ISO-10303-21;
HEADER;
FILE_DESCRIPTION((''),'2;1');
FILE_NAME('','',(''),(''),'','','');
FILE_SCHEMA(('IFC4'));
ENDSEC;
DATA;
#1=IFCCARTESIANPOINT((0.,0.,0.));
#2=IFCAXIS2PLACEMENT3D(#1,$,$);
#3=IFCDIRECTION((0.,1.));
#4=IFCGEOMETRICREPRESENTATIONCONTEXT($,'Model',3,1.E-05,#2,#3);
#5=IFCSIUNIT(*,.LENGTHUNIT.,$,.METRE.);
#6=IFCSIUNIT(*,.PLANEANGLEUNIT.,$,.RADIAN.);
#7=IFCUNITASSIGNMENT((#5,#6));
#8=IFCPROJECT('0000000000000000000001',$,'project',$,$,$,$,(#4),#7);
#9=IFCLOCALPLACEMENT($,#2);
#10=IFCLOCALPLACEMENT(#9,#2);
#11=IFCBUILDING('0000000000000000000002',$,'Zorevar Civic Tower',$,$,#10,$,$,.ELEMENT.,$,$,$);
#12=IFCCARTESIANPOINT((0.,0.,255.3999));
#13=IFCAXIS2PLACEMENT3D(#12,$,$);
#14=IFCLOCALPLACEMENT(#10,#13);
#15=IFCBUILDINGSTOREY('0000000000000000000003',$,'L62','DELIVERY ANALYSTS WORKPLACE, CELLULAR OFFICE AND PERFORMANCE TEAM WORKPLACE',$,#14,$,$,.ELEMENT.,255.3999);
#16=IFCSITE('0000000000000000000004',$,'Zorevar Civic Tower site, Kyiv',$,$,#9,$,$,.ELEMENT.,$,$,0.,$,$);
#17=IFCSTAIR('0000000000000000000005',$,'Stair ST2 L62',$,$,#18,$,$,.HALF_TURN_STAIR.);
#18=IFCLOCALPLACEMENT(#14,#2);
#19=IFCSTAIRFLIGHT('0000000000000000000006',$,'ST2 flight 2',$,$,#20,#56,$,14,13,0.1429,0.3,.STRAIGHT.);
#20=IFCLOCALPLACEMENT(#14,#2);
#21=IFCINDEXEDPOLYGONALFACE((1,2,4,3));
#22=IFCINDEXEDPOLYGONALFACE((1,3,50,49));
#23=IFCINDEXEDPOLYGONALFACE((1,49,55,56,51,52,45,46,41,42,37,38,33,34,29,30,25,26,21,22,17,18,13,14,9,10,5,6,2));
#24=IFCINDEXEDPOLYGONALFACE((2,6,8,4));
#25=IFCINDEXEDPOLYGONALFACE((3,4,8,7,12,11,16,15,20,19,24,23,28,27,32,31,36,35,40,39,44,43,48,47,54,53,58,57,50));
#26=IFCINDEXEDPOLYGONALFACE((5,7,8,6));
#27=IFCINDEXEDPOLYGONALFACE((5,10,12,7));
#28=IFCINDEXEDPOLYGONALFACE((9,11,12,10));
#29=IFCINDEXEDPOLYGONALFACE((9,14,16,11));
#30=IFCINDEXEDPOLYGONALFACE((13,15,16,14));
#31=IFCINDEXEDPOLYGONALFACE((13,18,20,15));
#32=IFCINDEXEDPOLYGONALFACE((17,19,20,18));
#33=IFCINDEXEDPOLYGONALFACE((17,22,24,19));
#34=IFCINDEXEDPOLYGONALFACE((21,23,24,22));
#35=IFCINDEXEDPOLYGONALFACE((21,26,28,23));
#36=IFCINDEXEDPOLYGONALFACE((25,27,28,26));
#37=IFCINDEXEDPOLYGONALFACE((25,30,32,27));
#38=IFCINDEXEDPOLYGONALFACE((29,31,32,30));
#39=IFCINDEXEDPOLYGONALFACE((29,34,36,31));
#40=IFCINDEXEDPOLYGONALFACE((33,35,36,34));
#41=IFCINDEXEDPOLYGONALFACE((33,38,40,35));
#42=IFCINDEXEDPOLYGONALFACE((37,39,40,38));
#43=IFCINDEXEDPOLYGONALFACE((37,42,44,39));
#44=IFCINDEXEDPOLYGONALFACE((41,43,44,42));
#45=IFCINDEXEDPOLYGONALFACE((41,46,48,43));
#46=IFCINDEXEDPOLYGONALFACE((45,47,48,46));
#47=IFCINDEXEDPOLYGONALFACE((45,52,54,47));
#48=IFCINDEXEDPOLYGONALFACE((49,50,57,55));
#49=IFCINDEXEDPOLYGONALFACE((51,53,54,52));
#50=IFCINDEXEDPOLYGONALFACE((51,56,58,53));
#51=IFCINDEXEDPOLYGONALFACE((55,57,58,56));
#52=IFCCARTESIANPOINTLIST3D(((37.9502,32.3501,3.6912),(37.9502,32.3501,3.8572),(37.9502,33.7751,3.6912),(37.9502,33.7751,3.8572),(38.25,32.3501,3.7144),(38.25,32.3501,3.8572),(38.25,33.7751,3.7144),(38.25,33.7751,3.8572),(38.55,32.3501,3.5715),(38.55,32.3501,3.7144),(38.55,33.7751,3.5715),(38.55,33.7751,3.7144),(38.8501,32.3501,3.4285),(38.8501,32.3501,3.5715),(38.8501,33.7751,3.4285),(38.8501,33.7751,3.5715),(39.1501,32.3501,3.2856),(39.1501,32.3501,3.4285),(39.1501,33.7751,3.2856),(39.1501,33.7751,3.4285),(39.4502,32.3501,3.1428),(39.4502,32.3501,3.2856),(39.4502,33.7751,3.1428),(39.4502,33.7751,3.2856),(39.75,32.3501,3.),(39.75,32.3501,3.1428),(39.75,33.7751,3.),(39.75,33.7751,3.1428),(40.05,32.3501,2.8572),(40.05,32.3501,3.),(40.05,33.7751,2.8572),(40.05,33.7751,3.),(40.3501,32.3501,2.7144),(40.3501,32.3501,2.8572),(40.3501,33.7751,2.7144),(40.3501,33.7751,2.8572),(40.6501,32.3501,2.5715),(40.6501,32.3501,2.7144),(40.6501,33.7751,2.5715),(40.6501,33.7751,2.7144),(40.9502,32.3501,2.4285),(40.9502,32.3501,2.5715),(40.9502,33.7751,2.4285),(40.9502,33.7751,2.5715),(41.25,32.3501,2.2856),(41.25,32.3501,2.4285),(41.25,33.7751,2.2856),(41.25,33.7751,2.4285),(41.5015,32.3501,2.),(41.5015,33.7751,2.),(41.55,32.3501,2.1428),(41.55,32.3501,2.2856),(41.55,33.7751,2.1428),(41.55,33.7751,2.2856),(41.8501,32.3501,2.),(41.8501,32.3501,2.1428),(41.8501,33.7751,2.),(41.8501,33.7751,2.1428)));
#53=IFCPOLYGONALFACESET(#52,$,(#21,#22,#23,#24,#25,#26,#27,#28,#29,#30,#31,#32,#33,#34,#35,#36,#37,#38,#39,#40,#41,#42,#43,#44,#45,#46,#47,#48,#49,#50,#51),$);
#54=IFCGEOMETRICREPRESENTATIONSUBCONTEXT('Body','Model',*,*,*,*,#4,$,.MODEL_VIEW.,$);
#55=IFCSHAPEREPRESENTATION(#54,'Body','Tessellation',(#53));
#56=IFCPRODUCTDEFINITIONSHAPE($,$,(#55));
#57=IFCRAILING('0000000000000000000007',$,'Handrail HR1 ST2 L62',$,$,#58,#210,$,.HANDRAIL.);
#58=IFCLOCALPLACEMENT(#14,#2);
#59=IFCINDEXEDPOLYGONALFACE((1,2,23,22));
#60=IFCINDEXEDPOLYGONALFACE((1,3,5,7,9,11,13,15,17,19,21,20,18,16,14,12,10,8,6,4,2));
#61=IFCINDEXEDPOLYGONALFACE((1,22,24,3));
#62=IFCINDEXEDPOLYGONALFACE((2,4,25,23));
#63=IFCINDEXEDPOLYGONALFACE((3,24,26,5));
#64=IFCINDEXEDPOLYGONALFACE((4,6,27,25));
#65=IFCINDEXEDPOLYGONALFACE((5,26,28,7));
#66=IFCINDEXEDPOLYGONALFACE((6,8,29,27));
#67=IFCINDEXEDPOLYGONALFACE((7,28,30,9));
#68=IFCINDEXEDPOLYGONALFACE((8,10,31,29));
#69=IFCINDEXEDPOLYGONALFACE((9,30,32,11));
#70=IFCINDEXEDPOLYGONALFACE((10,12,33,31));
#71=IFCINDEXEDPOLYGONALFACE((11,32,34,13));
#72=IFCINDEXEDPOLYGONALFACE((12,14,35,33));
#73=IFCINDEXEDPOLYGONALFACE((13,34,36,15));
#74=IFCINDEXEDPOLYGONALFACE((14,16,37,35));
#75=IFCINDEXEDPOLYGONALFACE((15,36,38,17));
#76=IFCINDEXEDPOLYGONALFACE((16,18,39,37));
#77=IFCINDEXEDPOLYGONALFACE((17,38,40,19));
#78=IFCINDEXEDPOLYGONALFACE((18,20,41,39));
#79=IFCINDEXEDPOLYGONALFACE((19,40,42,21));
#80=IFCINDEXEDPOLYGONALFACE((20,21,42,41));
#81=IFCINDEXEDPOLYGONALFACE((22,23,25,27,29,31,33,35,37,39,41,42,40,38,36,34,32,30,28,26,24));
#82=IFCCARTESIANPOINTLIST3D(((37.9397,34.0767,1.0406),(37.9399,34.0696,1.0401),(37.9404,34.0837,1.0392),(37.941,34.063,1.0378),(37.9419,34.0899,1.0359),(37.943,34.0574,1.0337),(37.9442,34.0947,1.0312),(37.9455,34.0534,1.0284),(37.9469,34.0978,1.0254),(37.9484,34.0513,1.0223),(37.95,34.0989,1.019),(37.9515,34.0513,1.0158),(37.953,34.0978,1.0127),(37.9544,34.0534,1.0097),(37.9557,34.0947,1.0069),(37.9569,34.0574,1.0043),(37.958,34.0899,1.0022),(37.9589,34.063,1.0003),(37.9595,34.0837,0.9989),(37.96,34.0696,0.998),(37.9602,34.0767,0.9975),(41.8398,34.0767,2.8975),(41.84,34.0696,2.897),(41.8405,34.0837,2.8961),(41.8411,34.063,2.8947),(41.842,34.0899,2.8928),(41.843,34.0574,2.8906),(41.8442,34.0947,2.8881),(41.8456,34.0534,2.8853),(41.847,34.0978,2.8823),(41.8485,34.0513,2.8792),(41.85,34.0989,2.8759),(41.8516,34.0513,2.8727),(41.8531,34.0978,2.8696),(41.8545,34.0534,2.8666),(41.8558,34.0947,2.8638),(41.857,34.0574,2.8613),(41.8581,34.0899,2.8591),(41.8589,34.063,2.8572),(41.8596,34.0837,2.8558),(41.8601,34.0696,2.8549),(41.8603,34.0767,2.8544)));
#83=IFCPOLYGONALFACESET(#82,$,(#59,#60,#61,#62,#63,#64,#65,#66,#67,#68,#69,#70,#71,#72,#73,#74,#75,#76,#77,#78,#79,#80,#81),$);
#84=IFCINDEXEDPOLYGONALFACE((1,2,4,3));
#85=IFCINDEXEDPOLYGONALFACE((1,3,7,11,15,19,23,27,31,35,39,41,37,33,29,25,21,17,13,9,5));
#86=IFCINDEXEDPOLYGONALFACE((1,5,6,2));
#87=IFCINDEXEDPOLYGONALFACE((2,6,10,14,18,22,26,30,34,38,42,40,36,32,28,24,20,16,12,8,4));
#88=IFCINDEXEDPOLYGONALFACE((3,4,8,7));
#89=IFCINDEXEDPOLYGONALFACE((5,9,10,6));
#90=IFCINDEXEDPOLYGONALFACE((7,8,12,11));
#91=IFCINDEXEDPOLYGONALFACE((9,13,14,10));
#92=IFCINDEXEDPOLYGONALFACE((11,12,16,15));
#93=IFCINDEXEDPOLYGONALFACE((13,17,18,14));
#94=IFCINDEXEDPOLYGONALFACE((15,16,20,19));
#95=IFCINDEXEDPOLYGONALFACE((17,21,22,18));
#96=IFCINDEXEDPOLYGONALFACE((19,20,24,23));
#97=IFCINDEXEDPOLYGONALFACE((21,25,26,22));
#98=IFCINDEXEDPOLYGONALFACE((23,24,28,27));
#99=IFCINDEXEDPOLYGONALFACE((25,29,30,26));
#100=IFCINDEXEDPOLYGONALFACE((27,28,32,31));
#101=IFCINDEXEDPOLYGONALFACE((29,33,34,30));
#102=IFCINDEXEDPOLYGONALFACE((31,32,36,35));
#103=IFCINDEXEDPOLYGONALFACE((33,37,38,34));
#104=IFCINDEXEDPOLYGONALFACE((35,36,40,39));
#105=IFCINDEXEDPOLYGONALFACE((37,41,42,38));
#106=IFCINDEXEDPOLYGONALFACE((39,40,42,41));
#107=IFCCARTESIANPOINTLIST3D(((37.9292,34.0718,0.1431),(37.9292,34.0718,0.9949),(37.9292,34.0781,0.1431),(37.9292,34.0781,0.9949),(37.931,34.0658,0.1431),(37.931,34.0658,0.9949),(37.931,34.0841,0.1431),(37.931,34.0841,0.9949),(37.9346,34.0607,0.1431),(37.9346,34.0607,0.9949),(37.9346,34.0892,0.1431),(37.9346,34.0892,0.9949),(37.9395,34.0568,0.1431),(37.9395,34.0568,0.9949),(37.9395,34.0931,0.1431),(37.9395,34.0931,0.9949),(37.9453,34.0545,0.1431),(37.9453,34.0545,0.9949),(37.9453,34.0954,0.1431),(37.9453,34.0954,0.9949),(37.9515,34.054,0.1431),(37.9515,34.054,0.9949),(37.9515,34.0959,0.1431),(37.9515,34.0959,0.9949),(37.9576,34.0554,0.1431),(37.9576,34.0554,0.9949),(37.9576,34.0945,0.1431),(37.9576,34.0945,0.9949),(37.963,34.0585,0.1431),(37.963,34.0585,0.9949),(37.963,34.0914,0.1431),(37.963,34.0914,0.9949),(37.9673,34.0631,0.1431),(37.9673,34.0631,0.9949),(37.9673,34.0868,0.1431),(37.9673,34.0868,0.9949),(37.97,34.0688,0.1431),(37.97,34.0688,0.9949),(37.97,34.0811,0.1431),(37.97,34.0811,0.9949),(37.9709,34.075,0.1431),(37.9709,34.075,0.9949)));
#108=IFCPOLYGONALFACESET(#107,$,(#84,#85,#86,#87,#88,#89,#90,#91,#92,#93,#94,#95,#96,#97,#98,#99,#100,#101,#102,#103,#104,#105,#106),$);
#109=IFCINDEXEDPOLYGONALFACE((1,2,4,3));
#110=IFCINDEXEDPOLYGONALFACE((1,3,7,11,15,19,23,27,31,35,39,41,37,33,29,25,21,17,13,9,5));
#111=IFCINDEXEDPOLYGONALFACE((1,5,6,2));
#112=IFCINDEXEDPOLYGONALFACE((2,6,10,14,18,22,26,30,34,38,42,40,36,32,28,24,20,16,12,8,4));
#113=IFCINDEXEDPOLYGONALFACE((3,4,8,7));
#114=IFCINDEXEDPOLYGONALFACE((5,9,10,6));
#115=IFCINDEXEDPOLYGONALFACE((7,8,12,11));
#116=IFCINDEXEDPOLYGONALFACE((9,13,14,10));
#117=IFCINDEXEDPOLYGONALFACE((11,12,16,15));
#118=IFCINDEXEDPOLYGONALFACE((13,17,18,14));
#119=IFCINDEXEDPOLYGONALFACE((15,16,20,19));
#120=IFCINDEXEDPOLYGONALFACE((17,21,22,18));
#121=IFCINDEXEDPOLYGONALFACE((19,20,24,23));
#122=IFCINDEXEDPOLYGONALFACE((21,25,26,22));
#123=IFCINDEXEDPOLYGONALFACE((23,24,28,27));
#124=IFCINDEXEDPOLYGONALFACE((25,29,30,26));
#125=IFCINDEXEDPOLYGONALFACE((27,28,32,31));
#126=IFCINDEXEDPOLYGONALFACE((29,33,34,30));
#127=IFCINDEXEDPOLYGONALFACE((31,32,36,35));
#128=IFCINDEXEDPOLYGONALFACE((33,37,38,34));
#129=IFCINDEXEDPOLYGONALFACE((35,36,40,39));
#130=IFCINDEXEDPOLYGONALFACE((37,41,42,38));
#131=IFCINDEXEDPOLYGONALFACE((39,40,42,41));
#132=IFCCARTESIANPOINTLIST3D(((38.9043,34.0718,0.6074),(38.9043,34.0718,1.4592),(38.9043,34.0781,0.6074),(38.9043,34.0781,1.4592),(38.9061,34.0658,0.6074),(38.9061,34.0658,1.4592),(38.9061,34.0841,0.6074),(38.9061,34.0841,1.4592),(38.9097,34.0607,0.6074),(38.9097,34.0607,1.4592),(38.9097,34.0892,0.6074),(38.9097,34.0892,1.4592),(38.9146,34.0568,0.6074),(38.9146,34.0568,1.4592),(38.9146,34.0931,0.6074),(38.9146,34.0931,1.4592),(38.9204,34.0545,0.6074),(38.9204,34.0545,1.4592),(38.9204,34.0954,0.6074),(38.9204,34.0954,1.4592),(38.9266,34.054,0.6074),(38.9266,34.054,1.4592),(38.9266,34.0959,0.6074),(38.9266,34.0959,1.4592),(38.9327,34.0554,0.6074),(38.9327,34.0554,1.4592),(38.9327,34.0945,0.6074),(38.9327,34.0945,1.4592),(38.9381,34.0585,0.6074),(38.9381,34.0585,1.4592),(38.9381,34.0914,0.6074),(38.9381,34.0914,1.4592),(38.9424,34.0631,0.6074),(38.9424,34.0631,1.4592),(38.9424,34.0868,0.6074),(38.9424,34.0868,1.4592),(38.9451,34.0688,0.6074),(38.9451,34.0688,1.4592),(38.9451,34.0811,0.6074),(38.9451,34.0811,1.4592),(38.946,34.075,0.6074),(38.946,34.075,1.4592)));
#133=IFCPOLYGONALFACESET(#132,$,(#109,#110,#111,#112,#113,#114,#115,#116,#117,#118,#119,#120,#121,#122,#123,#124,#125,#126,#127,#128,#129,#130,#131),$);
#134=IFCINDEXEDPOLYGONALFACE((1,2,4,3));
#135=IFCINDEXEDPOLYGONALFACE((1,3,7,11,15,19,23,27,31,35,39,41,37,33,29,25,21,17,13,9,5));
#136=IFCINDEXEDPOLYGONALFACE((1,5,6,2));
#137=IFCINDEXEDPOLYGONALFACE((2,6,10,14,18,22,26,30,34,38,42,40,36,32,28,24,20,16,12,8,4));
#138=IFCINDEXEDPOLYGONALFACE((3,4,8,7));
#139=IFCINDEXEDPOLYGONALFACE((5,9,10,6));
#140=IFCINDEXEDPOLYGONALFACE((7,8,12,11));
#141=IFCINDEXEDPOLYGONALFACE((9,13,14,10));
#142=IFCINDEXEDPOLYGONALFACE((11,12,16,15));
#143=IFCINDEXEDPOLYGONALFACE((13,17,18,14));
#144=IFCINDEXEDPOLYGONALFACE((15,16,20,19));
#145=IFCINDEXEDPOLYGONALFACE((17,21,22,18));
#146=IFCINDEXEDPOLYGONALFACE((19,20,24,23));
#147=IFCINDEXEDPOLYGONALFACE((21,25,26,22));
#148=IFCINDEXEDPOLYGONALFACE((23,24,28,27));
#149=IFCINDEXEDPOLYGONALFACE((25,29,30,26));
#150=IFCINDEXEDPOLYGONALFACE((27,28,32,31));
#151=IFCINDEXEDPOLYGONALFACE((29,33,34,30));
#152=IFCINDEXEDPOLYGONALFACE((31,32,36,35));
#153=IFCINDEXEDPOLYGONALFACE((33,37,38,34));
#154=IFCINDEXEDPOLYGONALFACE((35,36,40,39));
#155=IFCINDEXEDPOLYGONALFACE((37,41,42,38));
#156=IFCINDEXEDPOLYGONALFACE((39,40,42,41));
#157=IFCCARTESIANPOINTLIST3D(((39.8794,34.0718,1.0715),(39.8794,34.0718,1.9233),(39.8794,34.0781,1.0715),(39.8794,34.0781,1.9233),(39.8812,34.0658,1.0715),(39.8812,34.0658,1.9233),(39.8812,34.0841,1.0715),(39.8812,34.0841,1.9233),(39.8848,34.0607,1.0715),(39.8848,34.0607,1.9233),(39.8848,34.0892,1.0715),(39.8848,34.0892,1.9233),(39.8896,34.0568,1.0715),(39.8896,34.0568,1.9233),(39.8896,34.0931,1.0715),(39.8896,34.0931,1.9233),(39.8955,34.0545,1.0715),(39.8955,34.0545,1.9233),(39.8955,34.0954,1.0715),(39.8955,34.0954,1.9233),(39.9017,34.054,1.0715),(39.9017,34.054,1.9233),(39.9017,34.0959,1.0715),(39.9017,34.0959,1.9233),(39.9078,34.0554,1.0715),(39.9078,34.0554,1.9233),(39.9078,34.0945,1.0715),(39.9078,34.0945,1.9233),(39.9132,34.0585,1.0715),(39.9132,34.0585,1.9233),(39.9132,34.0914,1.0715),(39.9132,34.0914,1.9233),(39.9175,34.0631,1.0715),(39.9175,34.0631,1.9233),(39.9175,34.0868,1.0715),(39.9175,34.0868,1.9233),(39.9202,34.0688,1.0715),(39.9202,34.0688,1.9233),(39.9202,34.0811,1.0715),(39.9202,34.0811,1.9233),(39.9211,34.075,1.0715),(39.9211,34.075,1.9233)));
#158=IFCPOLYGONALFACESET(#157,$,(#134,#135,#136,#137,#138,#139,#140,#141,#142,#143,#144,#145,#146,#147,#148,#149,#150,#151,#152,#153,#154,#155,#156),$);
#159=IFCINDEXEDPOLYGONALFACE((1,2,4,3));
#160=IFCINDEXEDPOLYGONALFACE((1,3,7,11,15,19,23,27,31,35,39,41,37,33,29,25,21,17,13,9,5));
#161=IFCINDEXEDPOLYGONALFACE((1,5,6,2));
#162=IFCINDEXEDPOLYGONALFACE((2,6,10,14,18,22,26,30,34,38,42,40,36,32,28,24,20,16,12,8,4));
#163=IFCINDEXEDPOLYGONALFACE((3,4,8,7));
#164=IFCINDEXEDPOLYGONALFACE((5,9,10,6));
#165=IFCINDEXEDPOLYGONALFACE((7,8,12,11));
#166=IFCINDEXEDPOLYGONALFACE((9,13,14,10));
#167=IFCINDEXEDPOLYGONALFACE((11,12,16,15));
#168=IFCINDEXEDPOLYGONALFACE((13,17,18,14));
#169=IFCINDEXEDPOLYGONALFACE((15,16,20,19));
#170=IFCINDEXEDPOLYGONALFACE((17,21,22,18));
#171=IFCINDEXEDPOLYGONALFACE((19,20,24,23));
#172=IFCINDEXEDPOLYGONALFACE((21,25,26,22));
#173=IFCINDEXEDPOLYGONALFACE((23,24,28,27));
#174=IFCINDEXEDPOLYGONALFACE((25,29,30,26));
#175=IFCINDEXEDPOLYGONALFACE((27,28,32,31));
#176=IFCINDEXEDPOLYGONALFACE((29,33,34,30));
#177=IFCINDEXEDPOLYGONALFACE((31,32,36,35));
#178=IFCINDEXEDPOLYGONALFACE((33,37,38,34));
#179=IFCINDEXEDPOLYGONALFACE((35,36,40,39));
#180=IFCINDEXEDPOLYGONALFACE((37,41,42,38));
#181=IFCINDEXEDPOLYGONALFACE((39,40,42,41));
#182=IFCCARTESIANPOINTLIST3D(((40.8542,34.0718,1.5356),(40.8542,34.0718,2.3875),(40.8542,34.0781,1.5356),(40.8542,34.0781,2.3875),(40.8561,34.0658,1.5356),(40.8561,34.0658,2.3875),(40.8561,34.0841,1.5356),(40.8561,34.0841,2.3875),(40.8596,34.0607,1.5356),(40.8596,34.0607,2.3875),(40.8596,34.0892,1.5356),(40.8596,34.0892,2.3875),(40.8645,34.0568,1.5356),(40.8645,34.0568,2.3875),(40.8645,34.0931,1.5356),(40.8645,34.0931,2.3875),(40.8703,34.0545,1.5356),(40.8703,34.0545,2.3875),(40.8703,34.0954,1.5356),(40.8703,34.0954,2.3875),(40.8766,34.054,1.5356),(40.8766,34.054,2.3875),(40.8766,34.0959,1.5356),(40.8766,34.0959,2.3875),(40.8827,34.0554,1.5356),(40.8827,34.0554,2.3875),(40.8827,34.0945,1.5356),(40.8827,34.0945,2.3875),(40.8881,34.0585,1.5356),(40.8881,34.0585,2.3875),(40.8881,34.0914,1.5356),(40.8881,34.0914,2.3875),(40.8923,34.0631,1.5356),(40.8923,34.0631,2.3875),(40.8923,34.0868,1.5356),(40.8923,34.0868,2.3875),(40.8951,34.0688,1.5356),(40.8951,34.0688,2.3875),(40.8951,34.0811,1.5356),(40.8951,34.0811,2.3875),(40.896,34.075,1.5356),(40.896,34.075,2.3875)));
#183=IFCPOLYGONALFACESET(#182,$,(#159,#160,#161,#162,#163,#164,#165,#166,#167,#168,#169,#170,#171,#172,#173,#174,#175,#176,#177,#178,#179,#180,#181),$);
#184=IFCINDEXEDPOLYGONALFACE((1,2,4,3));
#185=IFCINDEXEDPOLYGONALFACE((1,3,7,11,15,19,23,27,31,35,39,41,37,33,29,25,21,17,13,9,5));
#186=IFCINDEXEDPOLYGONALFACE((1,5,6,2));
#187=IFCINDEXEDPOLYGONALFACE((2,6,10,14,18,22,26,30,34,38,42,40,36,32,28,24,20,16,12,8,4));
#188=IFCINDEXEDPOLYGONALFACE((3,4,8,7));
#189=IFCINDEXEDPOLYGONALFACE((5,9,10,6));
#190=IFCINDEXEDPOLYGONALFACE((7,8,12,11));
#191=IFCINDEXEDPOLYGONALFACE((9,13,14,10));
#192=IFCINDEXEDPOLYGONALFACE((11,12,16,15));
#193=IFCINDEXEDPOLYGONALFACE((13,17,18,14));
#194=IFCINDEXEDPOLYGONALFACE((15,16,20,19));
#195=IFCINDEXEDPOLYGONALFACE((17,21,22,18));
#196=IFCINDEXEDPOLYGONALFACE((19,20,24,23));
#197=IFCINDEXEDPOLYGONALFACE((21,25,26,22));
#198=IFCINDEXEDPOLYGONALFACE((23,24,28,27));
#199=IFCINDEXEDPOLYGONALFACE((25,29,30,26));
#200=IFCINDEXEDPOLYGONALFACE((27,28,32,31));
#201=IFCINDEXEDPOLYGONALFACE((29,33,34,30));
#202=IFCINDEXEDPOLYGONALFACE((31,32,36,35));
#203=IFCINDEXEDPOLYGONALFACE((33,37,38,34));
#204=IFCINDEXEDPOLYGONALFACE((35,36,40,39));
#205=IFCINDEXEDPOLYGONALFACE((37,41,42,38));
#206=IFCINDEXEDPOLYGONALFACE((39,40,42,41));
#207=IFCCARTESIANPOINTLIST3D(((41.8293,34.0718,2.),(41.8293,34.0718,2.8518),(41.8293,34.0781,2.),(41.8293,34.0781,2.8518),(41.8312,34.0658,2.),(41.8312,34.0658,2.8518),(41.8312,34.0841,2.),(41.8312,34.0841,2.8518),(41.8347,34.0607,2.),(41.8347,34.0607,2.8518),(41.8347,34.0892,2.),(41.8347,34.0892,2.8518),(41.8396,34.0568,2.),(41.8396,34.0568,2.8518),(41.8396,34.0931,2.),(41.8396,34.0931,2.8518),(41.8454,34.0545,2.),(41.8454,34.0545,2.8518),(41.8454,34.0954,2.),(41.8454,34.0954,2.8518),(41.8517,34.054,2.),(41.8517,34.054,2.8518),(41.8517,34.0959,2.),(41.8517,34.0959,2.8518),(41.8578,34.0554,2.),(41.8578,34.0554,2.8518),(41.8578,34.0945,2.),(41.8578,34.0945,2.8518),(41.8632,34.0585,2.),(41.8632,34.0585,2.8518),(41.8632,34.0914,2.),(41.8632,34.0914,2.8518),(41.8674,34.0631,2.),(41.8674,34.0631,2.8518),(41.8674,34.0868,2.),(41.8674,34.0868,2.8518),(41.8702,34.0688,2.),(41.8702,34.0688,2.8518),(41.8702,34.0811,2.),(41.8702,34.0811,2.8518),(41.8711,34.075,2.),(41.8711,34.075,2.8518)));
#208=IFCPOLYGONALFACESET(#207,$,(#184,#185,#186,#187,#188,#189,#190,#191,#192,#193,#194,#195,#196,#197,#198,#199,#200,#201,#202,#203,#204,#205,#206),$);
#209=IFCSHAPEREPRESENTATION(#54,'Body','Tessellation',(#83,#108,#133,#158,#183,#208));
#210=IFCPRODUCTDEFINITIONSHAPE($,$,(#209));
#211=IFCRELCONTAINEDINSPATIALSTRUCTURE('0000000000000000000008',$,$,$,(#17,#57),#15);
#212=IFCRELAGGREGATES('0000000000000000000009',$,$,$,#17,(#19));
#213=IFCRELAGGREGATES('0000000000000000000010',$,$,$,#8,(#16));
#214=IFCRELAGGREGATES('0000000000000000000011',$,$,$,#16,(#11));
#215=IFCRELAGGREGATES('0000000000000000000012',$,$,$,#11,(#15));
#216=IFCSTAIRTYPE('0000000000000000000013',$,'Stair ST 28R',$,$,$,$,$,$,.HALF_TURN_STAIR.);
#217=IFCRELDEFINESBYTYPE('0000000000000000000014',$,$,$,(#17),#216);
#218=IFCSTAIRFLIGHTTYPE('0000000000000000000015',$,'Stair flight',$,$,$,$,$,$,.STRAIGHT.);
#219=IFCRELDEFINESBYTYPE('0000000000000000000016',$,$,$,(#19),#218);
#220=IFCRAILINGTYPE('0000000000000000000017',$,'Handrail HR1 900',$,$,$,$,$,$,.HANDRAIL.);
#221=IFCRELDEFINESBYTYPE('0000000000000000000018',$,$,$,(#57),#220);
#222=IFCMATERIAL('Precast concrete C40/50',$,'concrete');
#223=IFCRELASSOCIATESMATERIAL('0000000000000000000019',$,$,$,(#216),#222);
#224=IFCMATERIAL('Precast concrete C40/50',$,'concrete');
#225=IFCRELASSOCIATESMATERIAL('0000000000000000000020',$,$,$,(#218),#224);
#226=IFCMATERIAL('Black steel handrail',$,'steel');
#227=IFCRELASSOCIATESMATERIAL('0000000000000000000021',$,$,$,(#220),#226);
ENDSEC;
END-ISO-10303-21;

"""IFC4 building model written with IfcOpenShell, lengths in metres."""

from ifc_helpers import new_model, si_unit, direction, frame, origin, origin_2d, place, context, subcontext, project, spatial, polyline, circle, outline, extrude, material, type_object, element, aggregate, save


model = new_model("IFC4")

# Units and contexts
model_context = context("Model", 3, precision=1e-05, world=origin(), true_north=direction((0.0, 1.0)))
body_context = subcontext(model_context, "Body", "Model", "MODEL_VIEW")
ifc_project = project(units=[si_unit("LENGTHUNIT", "METRE"), si_unit("PLANEANGLEUNIT", "RADIAN")], contexts=[model_context])

# Site, building, storey
site_placement = place(None, origin())
site = spatial("IfcSite", under=ifc_project, at=site_placement, Name="Zorevar Civic Tower site, Kyiv", CompositionType="ELEMENT", RefElevation=0.0)
building_placement = place(site_placement, origin())
building = spatial("IfcBuilding", under=site, at=building_placement, Name="Zorevar Civic Tower", CompositionType="ELEMENT")
storey_placement = place(building_placement, frame((0.0, 0.0, 255.3999)))
storey = spatial("IfcBuildingStorey", under=building, at=storey_placement, Name="L62", Description="DELIVERY ANALYSTS WORKPLACE, CELLULAR OFFICE AND PERFORMANCE TEAM WORKPLACE", CompositionType="ELEMENT", Elevation=255.3999)

# Stair, stair flight
ifc_material_1 = material(Name="Precast concrete C40/50", Category="concrete")
stair_type = type_object("IfcStairType", Name="Stair ST 28R", PredefinedType="HALF_TURN_STAIR", material=ifc_material_1)
stair_placement = place(storey_placement, origin())
stair = element("IfcStair", 1, at=stair_placement, inside=storey, type_object=stair_type, Name="Stair ST2 L62", PredefinedType="HALF_TURN_STAIR")
ifc_material_2 = material(Name="Precast concrete C40/50", Category="concrete")
stair_flight_type = type_object("IfcStairFlightType", Name="Stair flight", PredefinedType="STRAIGHT", material=ifc_material_2)
stair_flight_1_placement = place(storey_placement, frame((41.8501, 33.0625, 2.0), z_axis=(0.0, 0.0, 1.0), x_axis=(-1.0, 0.0, 0.0)))
stair_flight_1 = element("IfcStairFlight", 2, at=stair_flight_1_placement, type_object=stair_flight_type, Name="ST2 flight 2", NumberOfRisers=14, NumberOfTreads=13, PredefinedType="STRAIGHT", RiserHeight=0.1429, TreadLength=0.3, context=body_context, shape_type="SweptSolid", body=[
    extrude(outline(polyline([(0.0, 0.0), (0.0, 0.1428), (0.3, 0.1428), (0.3, 0.2856), (0.6001, 0.2856), (0.6001, 0.4285), (0.8999, 0.4285), (0.8999, 0.5715), (1.2, 0.5715), (1.2, 0.7144), (1.5, 0.7144), (1.5, 0.8572), (1.8, 0.8572), (1.8, 1.0), (2.1001, 1.0), (2.1001, 1.1428), (2.3999, 1.1428), (2.3999, 1.2856), (2.7, 1.2856), (2.7, 1.4285), (3.0, 1.4285), (3.0, 1.5715), (3.3, 1.5715), (3.3, 1.7144), (3.6001, 1.7144), (3.6001, 1.8572), (3.8999, 1.8572), (3.8999, 2.0), (3.8999, 1.6912), (0.3486, 0.0), (0.0, 0.0)])), frame((0.0, 0.7124, 0.0), z_axis=(0.0, -1.0, 0.0), x_axis=(1.0, 0.0, 0.0)), (0.0, 0.0, 1.0), 1.425),
])
aggregate(stair, [stair_flight_1])

# Railing
ifc_material_3 = material(Name="Black steel handrail", Category="steel")
railing_type = type_object("IfcRailingType", Name="Handrail HR1 900", PredefinedType="HANDRAIL", material=ifc_material_3)
railing_1_placement = place(storey_placement, frame((37.95, 34.075, 0.1431)))
element("IfcRailing", 3, at=railing_1_placement, inside=storey, type_object=railing_type, Name="Handrail HR1 ST2 L62", PredefinedType="HANDRAIL", context=body_context, shape_type="SweptSolid", body=[
    extrude(circle(Radius=0.0239, at=origin_2d()), frame((0.0, 0.0, 0.876), z_axis=(0.902886, 0.0, 0.429881), x_axis=(0.0, 1.0, 0.0)), (0.0, 0.0, 1.0), 4.3196),
    extrude(circle(Radius=0.021, at=origin_2d()), origin(), (0.0, 0.0, 1.0), 0.8518),
    extrude(circle(Radius=0.021, at=origin_2d()), frame((0.9751, 0.0, 0.4644)), (0.0, 0.0, 1.0), 0.8518),
    extrude(circle(Radius=0.021, at=origin_2d()), frame((1.9502, 0.0, 0.9285)), (0.0, 0.0, 1.0), 0.8518),
    extrude(circle(Radius=0.021, at=origin_2d()), frame((2.925, 0.0, 1.3926)), (0.0, 0.0, 1.0), 0.8518),
    extrude(circle(Radius=0.021, at=origin_2d()), frame((3.9001, 0.0, 1.8569)), (0.0, 0.0, 1.0), 0.8518),
])

save(model, "model.ifc")
